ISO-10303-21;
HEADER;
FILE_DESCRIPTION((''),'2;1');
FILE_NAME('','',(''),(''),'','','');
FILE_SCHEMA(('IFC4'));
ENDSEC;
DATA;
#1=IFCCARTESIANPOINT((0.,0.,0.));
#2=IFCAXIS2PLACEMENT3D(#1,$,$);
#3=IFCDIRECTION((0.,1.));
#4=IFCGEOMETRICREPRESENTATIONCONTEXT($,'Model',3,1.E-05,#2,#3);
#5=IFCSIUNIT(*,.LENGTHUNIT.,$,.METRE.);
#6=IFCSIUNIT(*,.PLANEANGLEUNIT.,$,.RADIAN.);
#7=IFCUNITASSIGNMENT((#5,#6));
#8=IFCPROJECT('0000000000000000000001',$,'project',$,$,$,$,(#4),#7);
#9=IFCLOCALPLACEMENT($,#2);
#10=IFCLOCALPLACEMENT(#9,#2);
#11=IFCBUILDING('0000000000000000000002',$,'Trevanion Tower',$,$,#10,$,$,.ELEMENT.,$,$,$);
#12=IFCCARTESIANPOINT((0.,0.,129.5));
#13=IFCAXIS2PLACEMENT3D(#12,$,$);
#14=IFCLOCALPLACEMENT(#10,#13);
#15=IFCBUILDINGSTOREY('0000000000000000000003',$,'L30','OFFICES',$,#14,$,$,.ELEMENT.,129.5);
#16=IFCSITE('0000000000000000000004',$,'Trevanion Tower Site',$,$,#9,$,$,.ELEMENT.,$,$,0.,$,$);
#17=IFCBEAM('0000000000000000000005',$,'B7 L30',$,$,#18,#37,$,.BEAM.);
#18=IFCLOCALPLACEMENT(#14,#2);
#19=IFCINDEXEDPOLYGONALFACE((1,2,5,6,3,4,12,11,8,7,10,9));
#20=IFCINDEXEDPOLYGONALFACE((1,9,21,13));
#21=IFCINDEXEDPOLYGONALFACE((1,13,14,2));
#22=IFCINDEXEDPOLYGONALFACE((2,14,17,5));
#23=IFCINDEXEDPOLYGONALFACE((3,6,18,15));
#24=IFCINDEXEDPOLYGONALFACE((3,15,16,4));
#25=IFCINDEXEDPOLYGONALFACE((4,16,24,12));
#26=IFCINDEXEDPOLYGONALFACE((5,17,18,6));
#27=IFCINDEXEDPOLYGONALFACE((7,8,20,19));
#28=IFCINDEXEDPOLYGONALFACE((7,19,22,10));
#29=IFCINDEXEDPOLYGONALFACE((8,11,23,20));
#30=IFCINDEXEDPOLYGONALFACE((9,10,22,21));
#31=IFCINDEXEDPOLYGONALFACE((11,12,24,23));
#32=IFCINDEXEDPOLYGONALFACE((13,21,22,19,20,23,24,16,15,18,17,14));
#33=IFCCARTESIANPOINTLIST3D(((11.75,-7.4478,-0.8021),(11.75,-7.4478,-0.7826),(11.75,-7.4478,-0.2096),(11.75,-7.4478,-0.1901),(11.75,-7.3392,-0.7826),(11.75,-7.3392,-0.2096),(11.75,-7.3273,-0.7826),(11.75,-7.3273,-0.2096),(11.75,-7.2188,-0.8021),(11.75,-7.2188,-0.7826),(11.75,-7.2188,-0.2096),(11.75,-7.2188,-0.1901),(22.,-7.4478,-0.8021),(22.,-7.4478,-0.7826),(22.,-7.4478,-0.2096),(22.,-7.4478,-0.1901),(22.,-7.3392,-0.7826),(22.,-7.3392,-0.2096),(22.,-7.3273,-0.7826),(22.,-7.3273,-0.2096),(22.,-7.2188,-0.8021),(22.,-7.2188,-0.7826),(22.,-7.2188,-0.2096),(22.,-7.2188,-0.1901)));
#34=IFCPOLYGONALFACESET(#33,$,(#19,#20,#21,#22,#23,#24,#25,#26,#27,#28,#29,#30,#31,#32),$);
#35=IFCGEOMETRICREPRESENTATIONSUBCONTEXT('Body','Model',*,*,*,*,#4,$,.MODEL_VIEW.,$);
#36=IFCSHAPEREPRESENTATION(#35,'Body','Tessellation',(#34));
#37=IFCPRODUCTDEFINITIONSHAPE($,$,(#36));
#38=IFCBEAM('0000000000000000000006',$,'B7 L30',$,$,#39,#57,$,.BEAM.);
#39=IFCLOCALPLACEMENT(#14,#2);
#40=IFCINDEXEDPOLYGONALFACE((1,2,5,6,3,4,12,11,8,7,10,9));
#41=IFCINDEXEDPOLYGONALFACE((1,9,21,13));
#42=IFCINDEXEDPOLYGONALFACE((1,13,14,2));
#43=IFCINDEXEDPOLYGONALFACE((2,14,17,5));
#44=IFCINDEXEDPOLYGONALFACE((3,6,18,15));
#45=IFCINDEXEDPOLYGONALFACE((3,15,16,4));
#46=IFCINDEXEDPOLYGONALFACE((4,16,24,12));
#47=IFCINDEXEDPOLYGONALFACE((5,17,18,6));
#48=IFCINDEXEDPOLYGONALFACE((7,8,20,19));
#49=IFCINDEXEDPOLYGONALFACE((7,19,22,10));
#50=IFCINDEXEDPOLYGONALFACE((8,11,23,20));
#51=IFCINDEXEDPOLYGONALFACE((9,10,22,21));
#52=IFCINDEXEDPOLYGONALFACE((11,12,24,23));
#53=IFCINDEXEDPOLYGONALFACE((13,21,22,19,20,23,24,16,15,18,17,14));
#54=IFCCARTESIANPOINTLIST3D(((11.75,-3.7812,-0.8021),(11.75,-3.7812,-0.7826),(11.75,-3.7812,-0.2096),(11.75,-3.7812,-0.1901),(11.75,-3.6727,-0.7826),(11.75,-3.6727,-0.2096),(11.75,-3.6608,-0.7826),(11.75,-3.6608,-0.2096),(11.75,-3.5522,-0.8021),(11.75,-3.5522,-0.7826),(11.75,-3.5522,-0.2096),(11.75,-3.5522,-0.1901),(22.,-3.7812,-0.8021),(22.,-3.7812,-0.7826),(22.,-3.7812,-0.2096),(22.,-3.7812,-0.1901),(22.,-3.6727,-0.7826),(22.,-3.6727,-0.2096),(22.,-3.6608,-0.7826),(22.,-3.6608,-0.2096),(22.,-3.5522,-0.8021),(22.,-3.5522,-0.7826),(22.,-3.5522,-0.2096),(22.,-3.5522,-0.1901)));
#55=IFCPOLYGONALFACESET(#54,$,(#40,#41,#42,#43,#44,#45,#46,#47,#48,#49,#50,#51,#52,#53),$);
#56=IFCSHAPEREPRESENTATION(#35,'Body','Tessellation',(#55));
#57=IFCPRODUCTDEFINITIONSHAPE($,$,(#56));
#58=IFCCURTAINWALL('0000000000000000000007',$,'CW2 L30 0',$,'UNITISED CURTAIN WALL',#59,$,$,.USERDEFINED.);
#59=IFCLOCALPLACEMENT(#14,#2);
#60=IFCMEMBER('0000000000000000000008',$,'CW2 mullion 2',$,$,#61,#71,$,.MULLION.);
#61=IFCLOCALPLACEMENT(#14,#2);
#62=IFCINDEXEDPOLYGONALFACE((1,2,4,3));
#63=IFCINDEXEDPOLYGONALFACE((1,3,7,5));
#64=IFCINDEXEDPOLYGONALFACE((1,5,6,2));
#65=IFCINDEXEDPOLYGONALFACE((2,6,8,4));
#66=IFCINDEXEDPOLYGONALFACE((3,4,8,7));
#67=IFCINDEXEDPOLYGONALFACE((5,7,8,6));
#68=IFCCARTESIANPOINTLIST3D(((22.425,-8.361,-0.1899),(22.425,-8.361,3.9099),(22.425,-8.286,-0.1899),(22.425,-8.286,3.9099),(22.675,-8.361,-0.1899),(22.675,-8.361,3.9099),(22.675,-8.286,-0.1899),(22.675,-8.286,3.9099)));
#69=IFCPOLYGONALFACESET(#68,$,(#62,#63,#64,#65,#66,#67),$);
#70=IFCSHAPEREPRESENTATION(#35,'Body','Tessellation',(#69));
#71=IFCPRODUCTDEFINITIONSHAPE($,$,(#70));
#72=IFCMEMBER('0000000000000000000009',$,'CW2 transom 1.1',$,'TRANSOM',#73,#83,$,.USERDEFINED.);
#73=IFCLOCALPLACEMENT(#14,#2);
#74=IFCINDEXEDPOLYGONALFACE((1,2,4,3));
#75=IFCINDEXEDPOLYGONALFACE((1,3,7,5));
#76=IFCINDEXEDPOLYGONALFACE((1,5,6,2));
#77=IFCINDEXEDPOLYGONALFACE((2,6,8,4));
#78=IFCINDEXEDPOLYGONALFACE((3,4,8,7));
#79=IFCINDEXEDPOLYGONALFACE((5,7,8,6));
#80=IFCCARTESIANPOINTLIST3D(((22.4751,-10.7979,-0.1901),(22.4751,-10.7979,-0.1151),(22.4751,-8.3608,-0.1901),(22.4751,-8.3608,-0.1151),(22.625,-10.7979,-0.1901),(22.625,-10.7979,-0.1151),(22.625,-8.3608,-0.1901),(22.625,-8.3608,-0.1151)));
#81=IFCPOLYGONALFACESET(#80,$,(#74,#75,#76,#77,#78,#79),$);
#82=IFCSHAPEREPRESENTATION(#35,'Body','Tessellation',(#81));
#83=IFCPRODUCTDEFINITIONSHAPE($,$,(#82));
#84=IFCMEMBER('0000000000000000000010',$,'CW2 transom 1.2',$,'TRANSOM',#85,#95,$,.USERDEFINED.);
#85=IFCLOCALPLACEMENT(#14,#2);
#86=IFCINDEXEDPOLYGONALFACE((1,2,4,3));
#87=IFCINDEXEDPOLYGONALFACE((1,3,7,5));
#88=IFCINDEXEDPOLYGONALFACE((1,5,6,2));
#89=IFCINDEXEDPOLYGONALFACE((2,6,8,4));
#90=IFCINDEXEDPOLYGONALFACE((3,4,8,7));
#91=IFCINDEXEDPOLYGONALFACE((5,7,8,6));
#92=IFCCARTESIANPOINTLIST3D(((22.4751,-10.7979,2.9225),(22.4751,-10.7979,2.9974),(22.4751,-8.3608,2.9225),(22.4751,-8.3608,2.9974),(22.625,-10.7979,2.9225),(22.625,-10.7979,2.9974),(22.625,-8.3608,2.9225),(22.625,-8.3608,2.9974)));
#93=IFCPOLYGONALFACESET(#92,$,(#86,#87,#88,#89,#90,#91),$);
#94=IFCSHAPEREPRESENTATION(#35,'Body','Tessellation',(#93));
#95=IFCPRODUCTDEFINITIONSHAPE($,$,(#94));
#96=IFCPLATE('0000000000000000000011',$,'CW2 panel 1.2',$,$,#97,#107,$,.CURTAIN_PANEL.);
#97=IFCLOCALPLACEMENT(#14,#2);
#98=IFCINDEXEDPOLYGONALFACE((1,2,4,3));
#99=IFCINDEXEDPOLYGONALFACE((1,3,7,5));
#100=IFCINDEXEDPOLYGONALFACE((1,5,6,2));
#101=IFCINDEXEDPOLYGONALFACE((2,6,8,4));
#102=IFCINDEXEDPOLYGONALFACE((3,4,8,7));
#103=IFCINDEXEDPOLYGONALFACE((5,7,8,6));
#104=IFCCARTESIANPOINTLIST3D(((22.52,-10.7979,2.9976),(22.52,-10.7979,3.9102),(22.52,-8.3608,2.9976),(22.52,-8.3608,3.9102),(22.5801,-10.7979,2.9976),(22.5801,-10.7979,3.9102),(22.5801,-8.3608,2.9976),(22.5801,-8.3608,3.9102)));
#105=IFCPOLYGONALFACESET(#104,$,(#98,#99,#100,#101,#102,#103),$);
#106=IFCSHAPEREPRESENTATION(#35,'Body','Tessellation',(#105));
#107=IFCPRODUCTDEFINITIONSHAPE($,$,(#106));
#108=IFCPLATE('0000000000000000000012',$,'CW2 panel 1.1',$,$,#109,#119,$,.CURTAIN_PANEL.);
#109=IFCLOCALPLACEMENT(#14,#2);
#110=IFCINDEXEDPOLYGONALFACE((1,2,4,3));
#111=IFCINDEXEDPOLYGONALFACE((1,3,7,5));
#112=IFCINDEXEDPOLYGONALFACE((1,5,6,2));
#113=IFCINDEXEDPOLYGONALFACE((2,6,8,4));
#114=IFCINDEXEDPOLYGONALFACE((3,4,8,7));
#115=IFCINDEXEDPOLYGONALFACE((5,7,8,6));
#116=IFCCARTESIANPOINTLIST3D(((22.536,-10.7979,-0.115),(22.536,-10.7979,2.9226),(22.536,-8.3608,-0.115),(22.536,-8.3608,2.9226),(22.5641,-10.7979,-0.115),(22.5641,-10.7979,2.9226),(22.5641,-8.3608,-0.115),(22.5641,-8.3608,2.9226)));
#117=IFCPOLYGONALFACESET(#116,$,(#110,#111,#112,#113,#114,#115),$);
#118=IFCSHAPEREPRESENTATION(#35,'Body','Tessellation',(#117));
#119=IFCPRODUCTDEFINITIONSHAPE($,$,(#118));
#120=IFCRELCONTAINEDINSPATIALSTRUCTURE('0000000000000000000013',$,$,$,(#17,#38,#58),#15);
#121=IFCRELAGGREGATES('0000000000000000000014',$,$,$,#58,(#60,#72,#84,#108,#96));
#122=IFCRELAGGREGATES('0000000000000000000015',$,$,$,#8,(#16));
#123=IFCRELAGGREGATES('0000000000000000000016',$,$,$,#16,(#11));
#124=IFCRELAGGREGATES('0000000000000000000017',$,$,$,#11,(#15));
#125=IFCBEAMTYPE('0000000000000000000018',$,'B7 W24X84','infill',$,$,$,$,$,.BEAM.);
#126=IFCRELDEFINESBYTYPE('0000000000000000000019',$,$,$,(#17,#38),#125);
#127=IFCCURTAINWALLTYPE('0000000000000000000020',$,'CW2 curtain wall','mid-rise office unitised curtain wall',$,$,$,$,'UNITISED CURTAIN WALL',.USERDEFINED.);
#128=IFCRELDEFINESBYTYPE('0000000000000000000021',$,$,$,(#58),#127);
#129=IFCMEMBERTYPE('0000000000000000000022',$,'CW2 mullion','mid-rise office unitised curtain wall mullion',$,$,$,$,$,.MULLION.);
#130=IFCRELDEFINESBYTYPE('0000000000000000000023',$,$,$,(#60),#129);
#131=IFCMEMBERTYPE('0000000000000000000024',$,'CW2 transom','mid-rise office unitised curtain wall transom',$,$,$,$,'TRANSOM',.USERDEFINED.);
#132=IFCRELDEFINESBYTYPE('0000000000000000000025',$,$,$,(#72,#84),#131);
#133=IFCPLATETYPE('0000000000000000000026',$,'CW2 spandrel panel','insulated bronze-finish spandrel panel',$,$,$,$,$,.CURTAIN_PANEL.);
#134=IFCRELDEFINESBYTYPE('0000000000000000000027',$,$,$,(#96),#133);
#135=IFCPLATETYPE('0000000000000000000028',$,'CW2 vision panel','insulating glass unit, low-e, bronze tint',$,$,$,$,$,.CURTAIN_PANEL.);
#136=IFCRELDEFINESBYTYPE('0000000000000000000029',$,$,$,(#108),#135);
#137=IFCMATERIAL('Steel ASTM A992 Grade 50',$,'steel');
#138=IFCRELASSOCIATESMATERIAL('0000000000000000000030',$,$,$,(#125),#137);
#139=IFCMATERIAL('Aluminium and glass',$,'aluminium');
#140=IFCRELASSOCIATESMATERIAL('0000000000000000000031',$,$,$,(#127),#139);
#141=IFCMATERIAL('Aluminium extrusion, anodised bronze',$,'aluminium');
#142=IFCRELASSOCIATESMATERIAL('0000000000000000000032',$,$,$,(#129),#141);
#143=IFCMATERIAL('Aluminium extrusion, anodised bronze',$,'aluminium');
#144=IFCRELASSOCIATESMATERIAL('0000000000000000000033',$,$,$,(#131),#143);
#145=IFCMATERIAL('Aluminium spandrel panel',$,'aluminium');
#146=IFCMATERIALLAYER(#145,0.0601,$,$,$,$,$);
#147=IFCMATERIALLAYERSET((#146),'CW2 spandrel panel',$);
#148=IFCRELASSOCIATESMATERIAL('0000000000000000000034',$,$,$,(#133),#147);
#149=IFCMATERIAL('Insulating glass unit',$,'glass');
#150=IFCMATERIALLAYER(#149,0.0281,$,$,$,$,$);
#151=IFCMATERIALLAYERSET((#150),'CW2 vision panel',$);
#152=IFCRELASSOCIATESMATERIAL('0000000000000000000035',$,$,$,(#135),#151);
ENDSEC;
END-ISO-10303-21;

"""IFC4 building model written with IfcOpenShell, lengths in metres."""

from ifc_helpers import new_model, si_unit, direction, frame, origin, origin_2d, place, context, subcontext, project, spatial, rectangle, i_section, extrude, material, layer, layer_set, material_profile, profile_set, type_object, element, aggregate, save


model = new_model("IFC4")

# Units and contexts
model_context = context("Model", 3, precision=1e-05, world=origin(), true_north=direction((0.0, 1.0)))
body_context = subcontext(model_context, "Body", "Model", "MODEL_VIEW")
ifc_project = project(units=[si_unit("LENGTHUNIT", "METRE"), si_unit("PLANEANGLEUNIT", "RADIAN")], contexts=[model_context])

# Site, building, storey
site_placement = place(None, origin())
site = spatial("IfcSite", under=ifc_project, at=site_placement, Name="Trevanion Tower Site", CompositionType="ELEMENT", RefElevation=0.0)
building_placement = place(site_placement, origin())
building = spatial("IfcBuilding", under=site, at=building_placement, Name="Trevanion Tower", CompositionType="ELEMENT")
storey_placement = place(building_placement, frame((0.0, 0.0, 129.5)))
storey = spatial("IfcBuildingStorey", under=building, at=storey_placement, Name="L30", Description="OFFICES", CompositionType="ELEMENT", Elevation=129.5)

# Beams
ifc_material_1 = material(Name="Steel ASTM A992 Grade 50", Category="steel")
ifc_material_profile_1 = material_profile(ifc_material_1, i_section(OverallWidth=0.229, OverallDepth=0.6121, WebThickness=0.012, FlangeThickness=0.0195, at=origin_2d()), Name="W24X84")
ifc_profile_set_1 = profile_set([ifc_material_profile_1], Name="Steel ASTM A992 Grade 50")
beam_type = type_object("IfcBeamType", Name="B7 W24X84", Description="infill", PredefinedType="BEAM", material=ifc_profile_set_1)
for number, where, z_axis, x_axis, name in (
    (1, (11.75, -7.3333, -0.4961), (1.0, 0.0, 0.0), (0.0, 1.0, 0.0), "B7 L30"),
    (2, (11.75, -3.6667, -0.4961), (1.0, 0.0, 0.0), (0.0, 1.0, 0.0), "B7 L30"),
):
    element("IfcBeam", number, at=place(storey_placement, frame(where, z_axis=z_axis, x_axis=x_axis)), inside=storey, type_object=beam_type, Name=name, PredefinedType="BEAM", context=body_context, shape_type="SweptSolid", body=[
        extrude(i_section(OverallWidth=0.229, OverallDepth=0.6121, WebThickness=0.012, FlangeThickness=0.0195, at=origin_2d()), origin(), (0.0, 0.0, 1.0), 10.25),
    ])

# Curtain wall, members, plates
ifc_material_2 = material(Name="Aluminium and glass", Category="aluminium")
curtain_wall_type = type_object("IfcCurtainWallType", Name="CW2 curtain wall", Description="mid-rise office unitised curtain wall", ElementType="UNITISED CURTAIN WALL", PredefinedType="USERDEFINED", material=ifc_material_2)
curtain_wall_placement = place(storey_placement, origin())
curtain_wall = element("IfcCurtainWall", 3, at=curtain_wall_placement, inside=storey, type_object=curtain_wall_type, Name="CW2 L30 0", ObjectType="UNITISED CURTAIN WALL", PredefinedType="USERDEFINED")
ifc_material_3 = material(Name="Aluminium extrusion, anodised bronze", Category="aluminium")
ifc_material_profile_2 = material_profile(ifc_material_3, rectangle(XDim=0.075, YDim=0.25, at=origin_2d()), Name="CW2 mullion")
ifc_profile_set_2 = profile_set([ifc_material_profile_2], Name="Aluminium extrusion, anodised bronze")
member_type_1 = type_object("IfcMemberType", Name="CW2 mullion", Description="mid-rise office unitised curtain wall mullion", PredefinedType="MULLION", material=ifc_profile_set_2)
member_1_placement = place(storey_placement, frame((22.55, -8.3235, -0.1899), z_axis=(0.0, 0.0, 1.0), x_axis=(0.0, 1.0, 0.0)))
member_1 = element("IfcMember", 4, at=member_1_placement, type_object=member_type_1, Name="CW2 mullion 2", PredefinedType="MULLION", context=body_context, shape_type="SweptSolid", body=[
    extrude(rectangle(XDim=0.075, YDim=0.25, at=origin_2d()), origin(), (0.0, 0.0, 1.0), 4.0999),
])
ifc_material_4 = material(Name="Aluminium extrusion, anodised bronze", Category="aluminium")
ifc_material_profile_3 = material_profile(ifc_material_4, rectangle(XDim=0.1499, YDim=0.075, at=origin_2d()), Name="CW2 transom")
ifc_profile_set_3 = profile_set([ifc_material_profile_3], Name="Aluminium extrusion, anodised bronze")
member_type_2 = type_object("IfcMemberType", Name="CW2 transom", Description="mid-rise office unitised curtain wall transom", ElementType="TRANSOM", PredefinedType="USERDEFINED", material=ifc_profile_set_3)
member_2_placement = place(storey_placement, frame((22.55, -10.7979, -0.1526), z_axis=(0.0, 1.0, 0.0), x_axis=(-1.0, 0.0, 0.0)))
member_2 = element("IfcMember", 5, at=member_2_placement, type_object=member_type_2, Name="CW2 transom 1.1", ObjectType="TRANSOM", PredefinedType="USERDEFINED", context=body_context, shape_type="SweptSolid", body=[
    extrude(rectangle(XDim=0.1499, YDim=0.075, at=origin_2d()), origin(), (0.0, 0.0, 1.0), 2.437),
])
member_3_placement = place(storey_placement, frame((22.55, -10.7979, 2.96), z_axis=(0.0, 1.0, 0.0), x_axis=(-1.0, 0.0, 0.0)))
member_3 = element("IfcMember", 6, at=member_3_placement, type_object=member_type_2, Name="CW2 transom 1.2", ObjectType="TRANSOM", PredefinedType="USERDEFINED", context=body_context, shape_type="SweptSolid", body=[
    extrude(rectangle(XDim=0.1499, YDim=0.075, at=origin_2d()), origin(), (0.0, 0.0, 1.0), 2.437),
])
ifc_material_5 = material(Name="Aluminium spandrel panel", Category="aluminium")
ifc_layer_1 = layer(ifc_material_5, 0.0601)
ifc_layer_set_1 = layer_set([ifc_layer_1], Name="CW2 spandrel panel")
plate_type_1 = type_object("IfcPlateType", Name="CW2 spandrel panel", Description="insulated bronze-finish spandrel panel", PredefinedType="CURTAIN_PANEL", material=ifc_layer_set_1)
plate_1_placement = place(storey_placement, frame((22.55, -9.5793, 2.9976), z_axis=(0.0, 0.0, 1.0), x_axis=(0.0, 1.0, 0.0)))
plate_1 = element("IfcPlate", 7, at=plate_1_placement, type_object=plate_type_1, Name="CW2 panel 1.2", PredefinedType="CURTAIN_PANEL", context=body_context, shape_type="SweptSolid", body=[
    extrude(rectangle(XDim=2.437, YDim=0.0601, at=origin_2d()), origin(), (0.0, 0.0, 1.0), 0.9126),
])
ifc_material_6 = material(Name="Insulating glass unit", Category="glass")
ifc_layer_2 = layer(ifc_material_6, 0.0281)
ifc_layer_set_2 = layer_set([ifc_layer_2], Name="CW2 vision panel")
plate_type_2 = type_object("IfcPlateType", Name="CW2 vision panel", Description="insulating glass unit, low-e, bronze tint", PredefinedType="CURTAIN_PANEL", material=ifc_layer_set_2)
plate_2_placement = place(storey_placement, frame((22.55, -9.5793, -0.115), z_axis=(0.0, 0.0, 1.0), x_axis=(0.0, 1.0, 0.0)))
plate_2 = element("IfcPlate", 8, at=plate_2_placement, type_object=plate_type_2, Name="CW2 panel 1.1", PredefinedType="CURTAIN_PANEL", context=body_context, shape_type="SweptSolid", body=[
    extrude(rectangle(XDim=2.437, YDim=0.0281, at=origin_2d()), origin(), (0.0, 0.0, 1.0), 3.0376),
])
aggregate(curtain_wall, [member_1, member_2, member_3, plate_2, plate_1])

save(model, "model.ifc")
